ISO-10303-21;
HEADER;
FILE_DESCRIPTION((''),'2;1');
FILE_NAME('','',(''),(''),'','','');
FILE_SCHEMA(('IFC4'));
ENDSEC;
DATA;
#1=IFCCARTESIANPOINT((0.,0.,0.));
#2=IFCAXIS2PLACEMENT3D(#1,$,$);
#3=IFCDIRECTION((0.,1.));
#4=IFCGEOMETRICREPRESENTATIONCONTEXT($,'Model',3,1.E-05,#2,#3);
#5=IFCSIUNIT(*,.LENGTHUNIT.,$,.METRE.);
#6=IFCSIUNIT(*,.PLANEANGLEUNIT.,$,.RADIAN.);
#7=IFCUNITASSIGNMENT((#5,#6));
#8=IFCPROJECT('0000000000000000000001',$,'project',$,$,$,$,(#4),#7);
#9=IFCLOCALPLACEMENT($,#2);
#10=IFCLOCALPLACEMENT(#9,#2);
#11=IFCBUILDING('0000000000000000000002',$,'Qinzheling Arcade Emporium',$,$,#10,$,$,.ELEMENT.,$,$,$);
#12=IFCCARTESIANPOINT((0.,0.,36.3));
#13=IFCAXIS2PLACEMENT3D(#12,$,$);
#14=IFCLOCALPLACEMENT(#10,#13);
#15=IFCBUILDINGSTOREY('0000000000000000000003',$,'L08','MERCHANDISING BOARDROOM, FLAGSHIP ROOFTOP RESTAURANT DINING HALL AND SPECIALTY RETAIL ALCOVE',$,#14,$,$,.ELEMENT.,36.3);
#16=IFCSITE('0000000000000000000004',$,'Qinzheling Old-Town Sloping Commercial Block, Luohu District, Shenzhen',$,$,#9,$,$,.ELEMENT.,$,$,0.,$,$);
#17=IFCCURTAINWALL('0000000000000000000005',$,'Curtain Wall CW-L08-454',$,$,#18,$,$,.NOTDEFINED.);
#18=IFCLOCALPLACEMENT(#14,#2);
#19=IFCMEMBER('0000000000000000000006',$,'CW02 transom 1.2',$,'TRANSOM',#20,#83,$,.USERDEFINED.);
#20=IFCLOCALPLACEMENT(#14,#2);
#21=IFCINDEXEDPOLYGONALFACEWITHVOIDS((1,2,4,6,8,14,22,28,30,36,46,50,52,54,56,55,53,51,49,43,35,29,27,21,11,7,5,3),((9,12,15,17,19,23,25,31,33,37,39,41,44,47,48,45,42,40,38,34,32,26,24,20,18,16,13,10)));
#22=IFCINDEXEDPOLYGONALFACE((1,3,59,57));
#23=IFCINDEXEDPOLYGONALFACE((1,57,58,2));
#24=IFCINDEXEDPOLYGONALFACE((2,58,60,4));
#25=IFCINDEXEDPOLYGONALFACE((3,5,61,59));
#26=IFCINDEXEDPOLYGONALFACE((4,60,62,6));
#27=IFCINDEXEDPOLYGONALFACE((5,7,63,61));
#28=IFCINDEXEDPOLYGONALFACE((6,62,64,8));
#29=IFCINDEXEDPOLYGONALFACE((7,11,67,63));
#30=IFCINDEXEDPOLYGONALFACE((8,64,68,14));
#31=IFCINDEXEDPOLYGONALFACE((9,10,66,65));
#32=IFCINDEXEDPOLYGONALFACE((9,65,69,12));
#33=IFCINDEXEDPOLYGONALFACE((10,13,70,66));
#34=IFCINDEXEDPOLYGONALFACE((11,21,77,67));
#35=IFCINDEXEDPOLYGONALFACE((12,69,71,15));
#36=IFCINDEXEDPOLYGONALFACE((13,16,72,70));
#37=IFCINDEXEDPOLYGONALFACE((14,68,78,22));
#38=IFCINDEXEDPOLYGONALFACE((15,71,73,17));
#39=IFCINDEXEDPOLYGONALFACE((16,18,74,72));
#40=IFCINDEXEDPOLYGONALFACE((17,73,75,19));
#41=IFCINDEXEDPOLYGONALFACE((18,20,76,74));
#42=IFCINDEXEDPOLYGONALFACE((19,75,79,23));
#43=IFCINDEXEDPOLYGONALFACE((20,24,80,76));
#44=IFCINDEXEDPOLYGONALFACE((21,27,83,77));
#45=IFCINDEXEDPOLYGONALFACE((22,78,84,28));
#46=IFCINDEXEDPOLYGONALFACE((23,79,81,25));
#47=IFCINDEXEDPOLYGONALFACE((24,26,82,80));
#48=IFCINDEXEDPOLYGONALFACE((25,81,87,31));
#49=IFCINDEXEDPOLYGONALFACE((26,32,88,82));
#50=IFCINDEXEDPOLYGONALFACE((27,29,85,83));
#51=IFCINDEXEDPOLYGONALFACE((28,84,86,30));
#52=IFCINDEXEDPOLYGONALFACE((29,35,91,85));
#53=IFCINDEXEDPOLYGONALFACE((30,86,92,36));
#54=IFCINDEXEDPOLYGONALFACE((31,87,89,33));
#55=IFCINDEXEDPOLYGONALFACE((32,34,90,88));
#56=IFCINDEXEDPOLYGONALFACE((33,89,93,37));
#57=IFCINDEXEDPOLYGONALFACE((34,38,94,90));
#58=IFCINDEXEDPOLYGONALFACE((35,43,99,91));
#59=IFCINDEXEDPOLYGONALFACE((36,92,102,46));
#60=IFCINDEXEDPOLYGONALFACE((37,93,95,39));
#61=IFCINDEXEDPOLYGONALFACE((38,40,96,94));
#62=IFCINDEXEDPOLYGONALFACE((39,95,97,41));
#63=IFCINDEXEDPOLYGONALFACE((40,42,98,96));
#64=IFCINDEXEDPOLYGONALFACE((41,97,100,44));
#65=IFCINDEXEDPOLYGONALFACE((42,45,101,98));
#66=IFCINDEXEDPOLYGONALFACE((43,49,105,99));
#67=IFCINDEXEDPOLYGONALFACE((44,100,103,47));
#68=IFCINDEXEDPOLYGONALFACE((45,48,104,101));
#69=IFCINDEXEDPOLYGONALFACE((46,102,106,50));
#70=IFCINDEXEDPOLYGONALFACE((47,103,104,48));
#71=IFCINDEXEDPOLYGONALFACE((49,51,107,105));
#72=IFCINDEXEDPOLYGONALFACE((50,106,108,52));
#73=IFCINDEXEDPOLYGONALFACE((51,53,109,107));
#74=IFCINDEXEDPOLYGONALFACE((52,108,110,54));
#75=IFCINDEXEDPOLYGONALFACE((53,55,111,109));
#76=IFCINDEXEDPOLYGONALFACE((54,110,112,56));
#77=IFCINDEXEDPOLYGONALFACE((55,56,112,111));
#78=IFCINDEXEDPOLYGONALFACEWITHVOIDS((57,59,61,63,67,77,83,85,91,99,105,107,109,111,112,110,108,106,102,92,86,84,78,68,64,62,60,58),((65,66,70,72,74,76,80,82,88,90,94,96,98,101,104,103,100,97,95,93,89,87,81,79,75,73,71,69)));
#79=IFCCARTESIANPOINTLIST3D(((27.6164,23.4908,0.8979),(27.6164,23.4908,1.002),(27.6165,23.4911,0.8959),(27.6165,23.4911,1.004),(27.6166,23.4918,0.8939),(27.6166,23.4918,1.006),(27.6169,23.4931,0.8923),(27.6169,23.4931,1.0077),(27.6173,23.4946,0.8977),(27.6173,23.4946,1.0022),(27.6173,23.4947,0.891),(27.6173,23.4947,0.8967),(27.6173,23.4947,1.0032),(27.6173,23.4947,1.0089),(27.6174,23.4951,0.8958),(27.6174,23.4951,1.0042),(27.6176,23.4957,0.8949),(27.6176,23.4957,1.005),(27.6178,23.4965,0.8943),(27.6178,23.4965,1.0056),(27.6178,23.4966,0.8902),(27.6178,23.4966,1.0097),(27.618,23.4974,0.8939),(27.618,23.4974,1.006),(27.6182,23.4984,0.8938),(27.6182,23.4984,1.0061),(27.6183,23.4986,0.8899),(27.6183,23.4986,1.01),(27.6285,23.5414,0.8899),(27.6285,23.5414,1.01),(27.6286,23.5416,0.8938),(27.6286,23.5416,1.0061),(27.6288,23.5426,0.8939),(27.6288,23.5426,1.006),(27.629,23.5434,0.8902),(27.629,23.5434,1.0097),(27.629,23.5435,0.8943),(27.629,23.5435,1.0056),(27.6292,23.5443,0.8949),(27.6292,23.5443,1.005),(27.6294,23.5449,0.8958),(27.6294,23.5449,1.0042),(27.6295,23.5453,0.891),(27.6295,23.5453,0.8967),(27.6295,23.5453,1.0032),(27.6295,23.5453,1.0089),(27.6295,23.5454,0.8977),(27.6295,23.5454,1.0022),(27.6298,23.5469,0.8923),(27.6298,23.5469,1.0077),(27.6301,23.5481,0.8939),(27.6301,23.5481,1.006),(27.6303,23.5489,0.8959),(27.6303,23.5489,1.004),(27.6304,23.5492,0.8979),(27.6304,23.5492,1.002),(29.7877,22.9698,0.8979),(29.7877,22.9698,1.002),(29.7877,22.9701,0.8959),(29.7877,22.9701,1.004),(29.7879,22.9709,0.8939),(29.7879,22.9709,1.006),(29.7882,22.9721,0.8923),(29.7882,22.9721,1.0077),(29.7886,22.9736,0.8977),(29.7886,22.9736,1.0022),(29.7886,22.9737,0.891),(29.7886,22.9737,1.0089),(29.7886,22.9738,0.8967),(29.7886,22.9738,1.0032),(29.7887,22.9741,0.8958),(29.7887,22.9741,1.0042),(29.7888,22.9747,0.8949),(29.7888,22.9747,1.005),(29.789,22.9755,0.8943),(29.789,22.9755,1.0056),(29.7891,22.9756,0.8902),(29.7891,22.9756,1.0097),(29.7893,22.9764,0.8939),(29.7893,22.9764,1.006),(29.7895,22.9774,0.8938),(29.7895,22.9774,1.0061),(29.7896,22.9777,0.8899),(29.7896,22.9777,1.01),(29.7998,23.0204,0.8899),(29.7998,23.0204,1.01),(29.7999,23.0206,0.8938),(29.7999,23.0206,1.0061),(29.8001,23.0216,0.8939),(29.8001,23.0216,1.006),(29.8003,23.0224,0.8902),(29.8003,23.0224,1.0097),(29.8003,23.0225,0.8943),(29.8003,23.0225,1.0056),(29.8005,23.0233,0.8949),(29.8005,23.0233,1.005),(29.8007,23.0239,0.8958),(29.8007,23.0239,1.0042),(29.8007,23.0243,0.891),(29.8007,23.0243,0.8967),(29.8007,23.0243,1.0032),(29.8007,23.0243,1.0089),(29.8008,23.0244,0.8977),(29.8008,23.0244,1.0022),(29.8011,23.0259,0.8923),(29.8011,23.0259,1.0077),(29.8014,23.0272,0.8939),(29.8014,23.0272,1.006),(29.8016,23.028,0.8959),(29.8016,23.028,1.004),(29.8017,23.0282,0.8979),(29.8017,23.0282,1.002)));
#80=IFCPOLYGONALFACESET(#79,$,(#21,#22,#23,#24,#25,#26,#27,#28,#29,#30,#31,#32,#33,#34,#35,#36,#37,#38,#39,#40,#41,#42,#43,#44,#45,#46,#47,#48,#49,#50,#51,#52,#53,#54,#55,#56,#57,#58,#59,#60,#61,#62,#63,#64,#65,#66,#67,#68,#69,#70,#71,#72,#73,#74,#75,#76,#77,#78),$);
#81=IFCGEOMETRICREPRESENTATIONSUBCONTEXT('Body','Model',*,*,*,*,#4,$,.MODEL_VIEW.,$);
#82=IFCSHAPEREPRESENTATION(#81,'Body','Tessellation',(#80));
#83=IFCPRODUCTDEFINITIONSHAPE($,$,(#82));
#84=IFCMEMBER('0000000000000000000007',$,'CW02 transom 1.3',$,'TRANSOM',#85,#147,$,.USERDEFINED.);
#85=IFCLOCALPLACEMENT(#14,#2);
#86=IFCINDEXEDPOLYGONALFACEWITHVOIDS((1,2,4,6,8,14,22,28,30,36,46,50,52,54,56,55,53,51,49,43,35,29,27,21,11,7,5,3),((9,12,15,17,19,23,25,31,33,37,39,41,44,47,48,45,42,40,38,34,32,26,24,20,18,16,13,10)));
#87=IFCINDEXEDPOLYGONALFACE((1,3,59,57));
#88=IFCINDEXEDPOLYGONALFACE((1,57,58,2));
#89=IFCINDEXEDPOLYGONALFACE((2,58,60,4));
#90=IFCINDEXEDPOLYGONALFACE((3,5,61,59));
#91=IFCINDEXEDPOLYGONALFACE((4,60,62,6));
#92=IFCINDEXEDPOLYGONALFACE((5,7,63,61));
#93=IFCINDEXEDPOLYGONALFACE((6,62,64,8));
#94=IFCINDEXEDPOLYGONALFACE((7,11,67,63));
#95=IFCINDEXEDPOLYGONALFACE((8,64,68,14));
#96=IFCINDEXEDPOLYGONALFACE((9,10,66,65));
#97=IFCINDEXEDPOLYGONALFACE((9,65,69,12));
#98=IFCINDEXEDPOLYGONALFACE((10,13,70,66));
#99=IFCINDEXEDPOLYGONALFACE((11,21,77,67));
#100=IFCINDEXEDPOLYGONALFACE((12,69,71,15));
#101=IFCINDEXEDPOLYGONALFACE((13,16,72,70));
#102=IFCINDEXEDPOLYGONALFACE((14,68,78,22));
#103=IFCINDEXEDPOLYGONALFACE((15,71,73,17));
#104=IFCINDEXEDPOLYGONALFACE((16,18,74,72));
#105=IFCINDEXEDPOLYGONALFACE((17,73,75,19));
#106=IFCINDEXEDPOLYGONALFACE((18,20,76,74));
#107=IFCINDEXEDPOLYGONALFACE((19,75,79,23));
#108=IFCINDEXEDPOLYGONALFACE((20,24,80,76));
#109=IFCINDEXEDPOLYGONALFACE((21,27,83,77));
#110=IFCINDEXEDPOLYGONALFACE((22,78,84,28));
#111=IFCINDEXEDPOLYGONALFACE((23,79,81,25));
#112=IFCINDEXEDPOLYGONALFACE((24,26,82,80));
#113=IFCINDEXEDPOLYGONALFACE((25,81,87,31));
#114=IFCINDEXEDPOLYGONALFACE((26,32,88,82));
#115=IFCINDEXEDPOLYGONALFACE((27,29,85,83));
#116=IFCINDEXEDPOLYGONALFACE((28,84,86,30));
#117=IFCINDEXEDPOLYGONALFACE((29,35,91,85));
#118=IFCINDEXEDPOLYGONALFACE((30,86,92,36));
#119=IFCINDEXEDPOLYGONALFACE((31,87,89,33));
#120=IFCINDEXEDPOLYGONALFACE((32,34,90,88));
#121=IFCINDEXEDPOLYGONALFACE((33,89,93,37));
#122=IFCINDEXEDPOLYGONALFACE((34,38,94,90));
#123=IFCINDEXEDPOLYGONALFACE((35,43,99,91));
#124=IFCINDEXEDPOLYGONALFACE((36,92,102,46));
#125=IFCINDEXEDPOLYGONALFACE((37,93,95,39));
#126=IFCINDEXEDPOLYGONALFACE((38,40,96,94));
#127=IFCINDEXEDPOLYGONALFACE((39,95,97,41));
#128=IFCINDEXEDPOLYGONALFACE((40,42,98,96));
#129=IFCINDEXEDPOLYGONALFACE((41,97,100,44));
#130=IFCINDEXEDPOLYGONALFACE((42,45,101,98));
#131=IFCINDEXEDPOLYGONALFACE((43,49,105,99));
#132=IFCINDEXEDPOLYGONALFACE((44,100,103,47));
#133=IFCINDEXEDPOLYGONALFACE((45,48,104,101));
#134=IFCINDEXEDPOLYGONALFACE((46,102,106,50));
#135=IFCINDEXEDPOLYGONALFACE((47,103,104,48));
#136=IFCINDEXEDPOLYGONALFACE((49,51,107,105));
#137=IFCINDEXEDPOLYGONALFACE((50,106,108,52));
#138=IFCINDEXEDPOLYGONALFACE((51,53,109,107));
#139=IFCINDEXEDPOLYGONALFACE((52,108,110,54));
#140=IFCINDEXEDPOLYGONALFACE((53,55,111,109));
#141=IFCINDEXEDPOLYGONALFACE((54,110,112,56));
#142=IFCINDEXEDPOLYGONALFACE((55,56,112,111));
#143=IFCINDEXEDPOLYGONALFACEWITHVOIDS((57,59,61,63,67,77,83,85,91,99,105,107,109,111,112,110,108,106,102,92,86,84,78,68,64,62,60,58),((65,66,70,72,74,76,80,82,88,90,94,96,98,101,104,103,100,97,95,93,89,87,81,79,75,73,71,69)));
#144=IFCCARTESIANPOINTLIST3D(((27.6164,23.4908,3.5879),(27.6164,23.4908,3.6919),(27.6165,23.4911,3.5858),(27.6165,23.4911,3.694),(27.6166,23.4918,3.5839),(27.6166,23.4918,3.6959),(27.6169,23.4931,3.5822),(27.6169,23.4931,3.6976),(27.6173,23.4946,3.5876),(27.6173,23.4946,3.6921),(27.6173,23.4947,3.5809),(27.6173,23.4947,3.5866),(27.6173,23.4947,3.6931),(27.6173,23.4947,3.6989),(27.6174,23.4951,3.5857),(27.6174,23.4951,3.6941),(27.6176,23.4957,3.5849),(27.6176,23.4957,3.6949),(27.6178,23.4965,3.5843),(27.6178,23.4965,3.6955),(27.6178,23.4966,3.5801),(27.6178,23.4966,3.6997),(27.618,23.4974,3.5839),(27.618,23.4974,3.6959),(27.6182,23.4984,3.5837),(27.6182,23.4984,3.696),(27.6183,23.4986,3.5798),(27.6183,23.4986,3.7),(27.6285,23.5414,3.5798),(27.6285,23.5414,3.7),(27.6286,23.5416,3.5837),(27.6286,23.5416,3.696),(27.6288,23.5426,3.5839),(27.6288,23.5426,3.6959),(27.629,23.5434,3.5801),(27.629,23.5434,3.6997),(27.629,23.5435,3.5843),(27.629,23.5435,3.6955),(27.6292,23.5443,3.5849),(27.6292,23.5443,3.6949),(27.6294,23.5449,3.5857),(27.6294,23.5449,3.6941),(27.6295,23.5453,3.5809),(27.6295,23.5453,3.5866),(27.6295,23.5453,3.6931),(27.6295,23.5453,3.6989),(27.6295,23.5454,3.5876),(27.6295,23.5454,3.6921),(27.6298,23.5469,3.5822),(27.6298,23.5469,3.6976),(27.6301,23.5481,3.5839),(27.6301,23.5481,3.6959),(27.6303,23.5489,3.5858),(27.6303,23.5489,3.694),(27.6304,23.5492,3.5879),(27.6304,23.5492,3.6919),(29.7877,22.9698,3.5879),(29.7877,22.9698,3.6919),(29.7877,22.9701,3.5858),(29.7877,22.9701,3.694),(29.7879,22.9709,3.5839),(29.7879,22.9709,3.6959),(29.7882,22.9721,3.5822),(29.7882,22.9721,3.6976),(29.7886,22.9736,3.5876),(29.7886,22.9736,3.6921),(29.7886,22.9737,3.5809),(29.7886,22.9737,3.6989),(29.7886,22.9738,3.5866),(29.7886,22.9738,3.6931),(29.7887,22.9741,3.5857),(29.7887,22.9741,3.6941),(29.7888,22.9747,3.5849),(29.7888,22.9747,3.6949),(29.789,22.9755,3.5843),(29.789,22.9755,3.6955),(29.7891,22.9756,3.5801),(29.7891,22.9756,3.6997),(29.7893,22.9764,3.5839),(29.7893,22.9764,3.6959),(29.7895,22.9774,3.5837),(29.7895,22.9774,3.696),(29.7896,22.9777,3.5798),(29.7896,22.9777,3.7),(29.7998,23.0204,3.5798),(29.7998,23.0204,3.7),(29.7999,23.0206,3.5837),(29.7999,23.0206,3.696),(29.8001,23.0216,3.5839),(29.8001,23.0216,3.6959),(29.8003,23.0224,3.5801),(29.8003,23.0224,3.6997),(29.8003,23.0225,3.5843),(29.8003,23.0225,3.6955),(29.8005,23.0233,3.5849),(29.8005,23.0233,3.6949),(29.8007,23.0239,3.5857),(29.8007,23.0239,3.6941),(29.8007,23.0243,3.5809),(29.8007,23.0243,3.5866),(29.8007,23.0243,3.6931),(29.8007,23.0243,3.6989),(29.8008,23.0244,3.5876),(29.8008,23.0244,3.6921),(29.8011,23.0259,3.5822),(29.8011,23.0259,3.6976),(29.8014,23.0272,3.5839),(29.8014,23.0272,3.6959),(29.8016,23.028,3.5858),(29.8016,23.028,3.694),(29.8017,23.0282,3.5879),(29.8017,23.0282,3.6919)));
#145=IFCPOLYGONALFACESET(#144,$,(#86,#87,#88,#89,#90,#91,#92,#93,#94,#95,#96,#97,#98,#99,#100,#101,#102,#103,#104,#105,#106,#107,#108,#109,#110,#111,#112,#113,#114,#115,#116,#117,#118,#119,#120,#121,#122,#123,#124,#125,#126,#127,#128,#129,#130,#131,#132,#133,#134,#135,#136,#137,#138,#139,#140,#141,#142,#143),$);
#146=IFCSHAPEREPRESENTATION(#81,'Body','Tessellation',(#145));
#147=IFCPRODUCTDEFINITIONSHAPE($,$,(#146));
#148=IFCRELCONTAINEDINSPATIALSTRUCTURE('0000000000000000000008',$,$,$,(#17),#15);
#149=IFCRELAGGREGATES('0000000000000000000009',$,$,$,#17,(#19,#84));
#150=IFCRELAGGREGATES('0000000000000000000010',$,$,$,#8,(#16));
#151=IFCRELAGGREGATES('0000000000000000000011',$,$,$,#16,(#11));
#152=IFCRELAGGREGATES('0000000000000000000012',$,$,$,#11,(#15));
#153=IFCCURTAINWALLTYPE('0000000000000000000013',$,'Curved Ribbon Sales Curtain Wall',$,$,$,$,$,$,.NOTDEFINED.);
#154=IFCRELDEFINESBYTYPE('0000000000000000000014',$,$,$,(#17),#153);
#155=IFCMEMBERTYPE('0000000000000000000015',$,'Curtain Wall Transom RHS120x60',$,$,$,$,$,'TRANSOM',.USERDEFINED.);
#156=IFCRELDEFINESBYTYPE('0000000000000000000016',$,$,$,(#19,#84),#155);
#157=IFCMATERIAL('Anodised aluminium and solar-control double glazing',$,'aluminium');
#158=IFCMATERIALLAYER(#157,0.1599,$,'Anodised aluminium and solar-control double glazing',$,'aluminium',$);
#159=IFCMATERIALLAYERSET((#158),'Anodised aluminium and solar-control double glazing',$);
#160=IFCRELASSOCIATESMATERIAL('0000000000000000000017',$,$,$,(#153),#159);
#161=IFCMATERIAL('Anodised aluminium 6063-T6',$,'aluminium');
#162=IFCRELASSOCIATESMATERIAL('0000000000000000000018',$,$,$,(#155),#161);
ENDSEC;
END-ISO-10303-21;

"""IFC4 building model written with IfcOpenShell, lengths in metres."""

from ifc_helpers import new_model, si_unit, direction, frame, origin, origin_2d, place, context, subcontext, project, spatial, hollow_rectangle, extrude, material, layer, layer_set, material_profile, profile_set, type_object, element, aggregate, save


model = new_model("IFC4")

# Units and contexts
model_context = context("Model", 3, precision=1e-05, world=origin(), true_north=direction((0.0, 1.0)))
body_context = subcontext(model_context, "Body", "Model", "MODEL_VIEW")
ifc_project = project(units=[si_unit("LENGTHUNIT", "METRE"), si_unit("PLANEANGLEUNIT", "RADIAN")], contexts=[model_context])

# Site, building, storey
site_placement = place(None, origin())
site = spatial("IfcSite", under=ifc_project, at=site_placement, Name="Qinzheling Old-Town Sloping Commercial Block, Luohu District, Shenzhen", CompositionType="ELEMENT", RefElevation=0.0)
building_placement = place(site_placement, origin())
building = spatial("IfcBuilding", under=site, at=building_placement, Name="Qinzheling Arcade Emporium", CompositionType="ELEMENT")
storey_placement = place(building_placement, frame((0.0, 0.0, 36.3)))
storey = spatial("IfcBuildingStorey", under=building, at=storey_placement, Name="L08", Description="MERCHANDISING BOARDROOM, FLAGSHIP ROOFTOP RESTAURANT DINING HALL AND SPECIALTY RETAIL ALCOVE", CompositionType="ELEMENT", Elevation=36.3)

# Shared definitions
ifc_material_1 = material(Name="Anodised aluminium and solar-control double glazing", Category="aluminium")
ifc_material_2 = material(Name="Anodised aluminium 6063-T6", Category="aluminium")

# Curtain wall
ifc_layer_1 = layer(ifc_material_1, 0.1599, Name="Anodised aluminium and solar-control double glazing", Category="aluminium")
ifc_layer_set_1 = layer_set([ifc_layer_1], Name="Anodised aluminium and solar-control double glazing")
curtain_wall_type_1 = type_object("IfcCurtainWallType", Name="Curved Ribbon Sales Curtain Wall", PredefinedType="NOTDEFINED", material=ifc_layer_set_1)
curtain_wall_1_placement = place(storey_placement, origin())
curtain_wall_1 = element("IfcCurtainWall", 1, at=curtain_wall_1_placement, inside=storey, type_object=curtain_wall_type_1, Name="Curtain Wall CW-L08-454", PredefinedType="NOTDEFINED")

# Members
ifc_material_profile_1 = material_profile(ifc_material_2, hollow_rectangle(XDim=0.0601, YDim=0.1201, WallThickness=0.0039, InnerFilletRadius=0.0039, OuterFilletRadius=0.0081, at=origin_2d()), Name="RHS 120x60x4", Category="aluminium")
ifc_profile_set_1 = profile_set([ifc_material_profile_1], Name="Anodised aluminium 6063-T6")
member_type_1 = type_object("IfcMemberType", Name="Curtain Wall Transom RHS120x60", ElementType="TRANSOM", PredefinedType="USERDEFINED", material=ifc_profile_set_1)
member_1_placement = place(storey_placement, frame((29.7947, 22.999, 0.95), z_axis=(-0.972401, 0.233315, 0.0), x_axis=(-0.233315, -0.972401, 0.0)))
member_1 = element("IfcMember", 2, at=member_1_placement, type_object=member_type_1, Name="CW02 transom 1.2", ObjectType="TRANSOM", PredefinedType="USERDEFINED", context=body_context, shape_type="SweptSolid", body=[
    extrude(hollow_rectangle(XDim=0.0601, YDim=0.1201, WallThickness=0.0039, InnerFilletRadius=0.0039, OuterFilletRadius=0.0081, at=origin_2d()), origin(), (0.0, 0.0, 1.0), 2.2329),
])
member_2_placement = place(storey_placement, frame((29.7947, 22.999, 3.6399), z_axis=(-0.972401, 0.233315, 0.0), x_axis=(-0.233315, -0.972401, 0.0)))
member_2 = element("IfcMember", 3, at=member_2_placement, type_object=member_type_1, Name="CW02 transom 1.3", ObjectType="TRANSOM", PredefinedType="USERDEFINED", context=body_context, shape_type="SweptSolid", body=[
    extrude(hollow_rectangle(XDim=0.0601, YDim=0.1201, WallThickness=0.0039, InnerFilletRadius=0.0039, OuterFilletRadius=0.0081, at=origin_2d()), origin(), (0.0, 0.0, 1.0), 2.2329),
])

aggregate(curtain_wall_1, [member_1, member_2])

save(model, "model.ifc")
